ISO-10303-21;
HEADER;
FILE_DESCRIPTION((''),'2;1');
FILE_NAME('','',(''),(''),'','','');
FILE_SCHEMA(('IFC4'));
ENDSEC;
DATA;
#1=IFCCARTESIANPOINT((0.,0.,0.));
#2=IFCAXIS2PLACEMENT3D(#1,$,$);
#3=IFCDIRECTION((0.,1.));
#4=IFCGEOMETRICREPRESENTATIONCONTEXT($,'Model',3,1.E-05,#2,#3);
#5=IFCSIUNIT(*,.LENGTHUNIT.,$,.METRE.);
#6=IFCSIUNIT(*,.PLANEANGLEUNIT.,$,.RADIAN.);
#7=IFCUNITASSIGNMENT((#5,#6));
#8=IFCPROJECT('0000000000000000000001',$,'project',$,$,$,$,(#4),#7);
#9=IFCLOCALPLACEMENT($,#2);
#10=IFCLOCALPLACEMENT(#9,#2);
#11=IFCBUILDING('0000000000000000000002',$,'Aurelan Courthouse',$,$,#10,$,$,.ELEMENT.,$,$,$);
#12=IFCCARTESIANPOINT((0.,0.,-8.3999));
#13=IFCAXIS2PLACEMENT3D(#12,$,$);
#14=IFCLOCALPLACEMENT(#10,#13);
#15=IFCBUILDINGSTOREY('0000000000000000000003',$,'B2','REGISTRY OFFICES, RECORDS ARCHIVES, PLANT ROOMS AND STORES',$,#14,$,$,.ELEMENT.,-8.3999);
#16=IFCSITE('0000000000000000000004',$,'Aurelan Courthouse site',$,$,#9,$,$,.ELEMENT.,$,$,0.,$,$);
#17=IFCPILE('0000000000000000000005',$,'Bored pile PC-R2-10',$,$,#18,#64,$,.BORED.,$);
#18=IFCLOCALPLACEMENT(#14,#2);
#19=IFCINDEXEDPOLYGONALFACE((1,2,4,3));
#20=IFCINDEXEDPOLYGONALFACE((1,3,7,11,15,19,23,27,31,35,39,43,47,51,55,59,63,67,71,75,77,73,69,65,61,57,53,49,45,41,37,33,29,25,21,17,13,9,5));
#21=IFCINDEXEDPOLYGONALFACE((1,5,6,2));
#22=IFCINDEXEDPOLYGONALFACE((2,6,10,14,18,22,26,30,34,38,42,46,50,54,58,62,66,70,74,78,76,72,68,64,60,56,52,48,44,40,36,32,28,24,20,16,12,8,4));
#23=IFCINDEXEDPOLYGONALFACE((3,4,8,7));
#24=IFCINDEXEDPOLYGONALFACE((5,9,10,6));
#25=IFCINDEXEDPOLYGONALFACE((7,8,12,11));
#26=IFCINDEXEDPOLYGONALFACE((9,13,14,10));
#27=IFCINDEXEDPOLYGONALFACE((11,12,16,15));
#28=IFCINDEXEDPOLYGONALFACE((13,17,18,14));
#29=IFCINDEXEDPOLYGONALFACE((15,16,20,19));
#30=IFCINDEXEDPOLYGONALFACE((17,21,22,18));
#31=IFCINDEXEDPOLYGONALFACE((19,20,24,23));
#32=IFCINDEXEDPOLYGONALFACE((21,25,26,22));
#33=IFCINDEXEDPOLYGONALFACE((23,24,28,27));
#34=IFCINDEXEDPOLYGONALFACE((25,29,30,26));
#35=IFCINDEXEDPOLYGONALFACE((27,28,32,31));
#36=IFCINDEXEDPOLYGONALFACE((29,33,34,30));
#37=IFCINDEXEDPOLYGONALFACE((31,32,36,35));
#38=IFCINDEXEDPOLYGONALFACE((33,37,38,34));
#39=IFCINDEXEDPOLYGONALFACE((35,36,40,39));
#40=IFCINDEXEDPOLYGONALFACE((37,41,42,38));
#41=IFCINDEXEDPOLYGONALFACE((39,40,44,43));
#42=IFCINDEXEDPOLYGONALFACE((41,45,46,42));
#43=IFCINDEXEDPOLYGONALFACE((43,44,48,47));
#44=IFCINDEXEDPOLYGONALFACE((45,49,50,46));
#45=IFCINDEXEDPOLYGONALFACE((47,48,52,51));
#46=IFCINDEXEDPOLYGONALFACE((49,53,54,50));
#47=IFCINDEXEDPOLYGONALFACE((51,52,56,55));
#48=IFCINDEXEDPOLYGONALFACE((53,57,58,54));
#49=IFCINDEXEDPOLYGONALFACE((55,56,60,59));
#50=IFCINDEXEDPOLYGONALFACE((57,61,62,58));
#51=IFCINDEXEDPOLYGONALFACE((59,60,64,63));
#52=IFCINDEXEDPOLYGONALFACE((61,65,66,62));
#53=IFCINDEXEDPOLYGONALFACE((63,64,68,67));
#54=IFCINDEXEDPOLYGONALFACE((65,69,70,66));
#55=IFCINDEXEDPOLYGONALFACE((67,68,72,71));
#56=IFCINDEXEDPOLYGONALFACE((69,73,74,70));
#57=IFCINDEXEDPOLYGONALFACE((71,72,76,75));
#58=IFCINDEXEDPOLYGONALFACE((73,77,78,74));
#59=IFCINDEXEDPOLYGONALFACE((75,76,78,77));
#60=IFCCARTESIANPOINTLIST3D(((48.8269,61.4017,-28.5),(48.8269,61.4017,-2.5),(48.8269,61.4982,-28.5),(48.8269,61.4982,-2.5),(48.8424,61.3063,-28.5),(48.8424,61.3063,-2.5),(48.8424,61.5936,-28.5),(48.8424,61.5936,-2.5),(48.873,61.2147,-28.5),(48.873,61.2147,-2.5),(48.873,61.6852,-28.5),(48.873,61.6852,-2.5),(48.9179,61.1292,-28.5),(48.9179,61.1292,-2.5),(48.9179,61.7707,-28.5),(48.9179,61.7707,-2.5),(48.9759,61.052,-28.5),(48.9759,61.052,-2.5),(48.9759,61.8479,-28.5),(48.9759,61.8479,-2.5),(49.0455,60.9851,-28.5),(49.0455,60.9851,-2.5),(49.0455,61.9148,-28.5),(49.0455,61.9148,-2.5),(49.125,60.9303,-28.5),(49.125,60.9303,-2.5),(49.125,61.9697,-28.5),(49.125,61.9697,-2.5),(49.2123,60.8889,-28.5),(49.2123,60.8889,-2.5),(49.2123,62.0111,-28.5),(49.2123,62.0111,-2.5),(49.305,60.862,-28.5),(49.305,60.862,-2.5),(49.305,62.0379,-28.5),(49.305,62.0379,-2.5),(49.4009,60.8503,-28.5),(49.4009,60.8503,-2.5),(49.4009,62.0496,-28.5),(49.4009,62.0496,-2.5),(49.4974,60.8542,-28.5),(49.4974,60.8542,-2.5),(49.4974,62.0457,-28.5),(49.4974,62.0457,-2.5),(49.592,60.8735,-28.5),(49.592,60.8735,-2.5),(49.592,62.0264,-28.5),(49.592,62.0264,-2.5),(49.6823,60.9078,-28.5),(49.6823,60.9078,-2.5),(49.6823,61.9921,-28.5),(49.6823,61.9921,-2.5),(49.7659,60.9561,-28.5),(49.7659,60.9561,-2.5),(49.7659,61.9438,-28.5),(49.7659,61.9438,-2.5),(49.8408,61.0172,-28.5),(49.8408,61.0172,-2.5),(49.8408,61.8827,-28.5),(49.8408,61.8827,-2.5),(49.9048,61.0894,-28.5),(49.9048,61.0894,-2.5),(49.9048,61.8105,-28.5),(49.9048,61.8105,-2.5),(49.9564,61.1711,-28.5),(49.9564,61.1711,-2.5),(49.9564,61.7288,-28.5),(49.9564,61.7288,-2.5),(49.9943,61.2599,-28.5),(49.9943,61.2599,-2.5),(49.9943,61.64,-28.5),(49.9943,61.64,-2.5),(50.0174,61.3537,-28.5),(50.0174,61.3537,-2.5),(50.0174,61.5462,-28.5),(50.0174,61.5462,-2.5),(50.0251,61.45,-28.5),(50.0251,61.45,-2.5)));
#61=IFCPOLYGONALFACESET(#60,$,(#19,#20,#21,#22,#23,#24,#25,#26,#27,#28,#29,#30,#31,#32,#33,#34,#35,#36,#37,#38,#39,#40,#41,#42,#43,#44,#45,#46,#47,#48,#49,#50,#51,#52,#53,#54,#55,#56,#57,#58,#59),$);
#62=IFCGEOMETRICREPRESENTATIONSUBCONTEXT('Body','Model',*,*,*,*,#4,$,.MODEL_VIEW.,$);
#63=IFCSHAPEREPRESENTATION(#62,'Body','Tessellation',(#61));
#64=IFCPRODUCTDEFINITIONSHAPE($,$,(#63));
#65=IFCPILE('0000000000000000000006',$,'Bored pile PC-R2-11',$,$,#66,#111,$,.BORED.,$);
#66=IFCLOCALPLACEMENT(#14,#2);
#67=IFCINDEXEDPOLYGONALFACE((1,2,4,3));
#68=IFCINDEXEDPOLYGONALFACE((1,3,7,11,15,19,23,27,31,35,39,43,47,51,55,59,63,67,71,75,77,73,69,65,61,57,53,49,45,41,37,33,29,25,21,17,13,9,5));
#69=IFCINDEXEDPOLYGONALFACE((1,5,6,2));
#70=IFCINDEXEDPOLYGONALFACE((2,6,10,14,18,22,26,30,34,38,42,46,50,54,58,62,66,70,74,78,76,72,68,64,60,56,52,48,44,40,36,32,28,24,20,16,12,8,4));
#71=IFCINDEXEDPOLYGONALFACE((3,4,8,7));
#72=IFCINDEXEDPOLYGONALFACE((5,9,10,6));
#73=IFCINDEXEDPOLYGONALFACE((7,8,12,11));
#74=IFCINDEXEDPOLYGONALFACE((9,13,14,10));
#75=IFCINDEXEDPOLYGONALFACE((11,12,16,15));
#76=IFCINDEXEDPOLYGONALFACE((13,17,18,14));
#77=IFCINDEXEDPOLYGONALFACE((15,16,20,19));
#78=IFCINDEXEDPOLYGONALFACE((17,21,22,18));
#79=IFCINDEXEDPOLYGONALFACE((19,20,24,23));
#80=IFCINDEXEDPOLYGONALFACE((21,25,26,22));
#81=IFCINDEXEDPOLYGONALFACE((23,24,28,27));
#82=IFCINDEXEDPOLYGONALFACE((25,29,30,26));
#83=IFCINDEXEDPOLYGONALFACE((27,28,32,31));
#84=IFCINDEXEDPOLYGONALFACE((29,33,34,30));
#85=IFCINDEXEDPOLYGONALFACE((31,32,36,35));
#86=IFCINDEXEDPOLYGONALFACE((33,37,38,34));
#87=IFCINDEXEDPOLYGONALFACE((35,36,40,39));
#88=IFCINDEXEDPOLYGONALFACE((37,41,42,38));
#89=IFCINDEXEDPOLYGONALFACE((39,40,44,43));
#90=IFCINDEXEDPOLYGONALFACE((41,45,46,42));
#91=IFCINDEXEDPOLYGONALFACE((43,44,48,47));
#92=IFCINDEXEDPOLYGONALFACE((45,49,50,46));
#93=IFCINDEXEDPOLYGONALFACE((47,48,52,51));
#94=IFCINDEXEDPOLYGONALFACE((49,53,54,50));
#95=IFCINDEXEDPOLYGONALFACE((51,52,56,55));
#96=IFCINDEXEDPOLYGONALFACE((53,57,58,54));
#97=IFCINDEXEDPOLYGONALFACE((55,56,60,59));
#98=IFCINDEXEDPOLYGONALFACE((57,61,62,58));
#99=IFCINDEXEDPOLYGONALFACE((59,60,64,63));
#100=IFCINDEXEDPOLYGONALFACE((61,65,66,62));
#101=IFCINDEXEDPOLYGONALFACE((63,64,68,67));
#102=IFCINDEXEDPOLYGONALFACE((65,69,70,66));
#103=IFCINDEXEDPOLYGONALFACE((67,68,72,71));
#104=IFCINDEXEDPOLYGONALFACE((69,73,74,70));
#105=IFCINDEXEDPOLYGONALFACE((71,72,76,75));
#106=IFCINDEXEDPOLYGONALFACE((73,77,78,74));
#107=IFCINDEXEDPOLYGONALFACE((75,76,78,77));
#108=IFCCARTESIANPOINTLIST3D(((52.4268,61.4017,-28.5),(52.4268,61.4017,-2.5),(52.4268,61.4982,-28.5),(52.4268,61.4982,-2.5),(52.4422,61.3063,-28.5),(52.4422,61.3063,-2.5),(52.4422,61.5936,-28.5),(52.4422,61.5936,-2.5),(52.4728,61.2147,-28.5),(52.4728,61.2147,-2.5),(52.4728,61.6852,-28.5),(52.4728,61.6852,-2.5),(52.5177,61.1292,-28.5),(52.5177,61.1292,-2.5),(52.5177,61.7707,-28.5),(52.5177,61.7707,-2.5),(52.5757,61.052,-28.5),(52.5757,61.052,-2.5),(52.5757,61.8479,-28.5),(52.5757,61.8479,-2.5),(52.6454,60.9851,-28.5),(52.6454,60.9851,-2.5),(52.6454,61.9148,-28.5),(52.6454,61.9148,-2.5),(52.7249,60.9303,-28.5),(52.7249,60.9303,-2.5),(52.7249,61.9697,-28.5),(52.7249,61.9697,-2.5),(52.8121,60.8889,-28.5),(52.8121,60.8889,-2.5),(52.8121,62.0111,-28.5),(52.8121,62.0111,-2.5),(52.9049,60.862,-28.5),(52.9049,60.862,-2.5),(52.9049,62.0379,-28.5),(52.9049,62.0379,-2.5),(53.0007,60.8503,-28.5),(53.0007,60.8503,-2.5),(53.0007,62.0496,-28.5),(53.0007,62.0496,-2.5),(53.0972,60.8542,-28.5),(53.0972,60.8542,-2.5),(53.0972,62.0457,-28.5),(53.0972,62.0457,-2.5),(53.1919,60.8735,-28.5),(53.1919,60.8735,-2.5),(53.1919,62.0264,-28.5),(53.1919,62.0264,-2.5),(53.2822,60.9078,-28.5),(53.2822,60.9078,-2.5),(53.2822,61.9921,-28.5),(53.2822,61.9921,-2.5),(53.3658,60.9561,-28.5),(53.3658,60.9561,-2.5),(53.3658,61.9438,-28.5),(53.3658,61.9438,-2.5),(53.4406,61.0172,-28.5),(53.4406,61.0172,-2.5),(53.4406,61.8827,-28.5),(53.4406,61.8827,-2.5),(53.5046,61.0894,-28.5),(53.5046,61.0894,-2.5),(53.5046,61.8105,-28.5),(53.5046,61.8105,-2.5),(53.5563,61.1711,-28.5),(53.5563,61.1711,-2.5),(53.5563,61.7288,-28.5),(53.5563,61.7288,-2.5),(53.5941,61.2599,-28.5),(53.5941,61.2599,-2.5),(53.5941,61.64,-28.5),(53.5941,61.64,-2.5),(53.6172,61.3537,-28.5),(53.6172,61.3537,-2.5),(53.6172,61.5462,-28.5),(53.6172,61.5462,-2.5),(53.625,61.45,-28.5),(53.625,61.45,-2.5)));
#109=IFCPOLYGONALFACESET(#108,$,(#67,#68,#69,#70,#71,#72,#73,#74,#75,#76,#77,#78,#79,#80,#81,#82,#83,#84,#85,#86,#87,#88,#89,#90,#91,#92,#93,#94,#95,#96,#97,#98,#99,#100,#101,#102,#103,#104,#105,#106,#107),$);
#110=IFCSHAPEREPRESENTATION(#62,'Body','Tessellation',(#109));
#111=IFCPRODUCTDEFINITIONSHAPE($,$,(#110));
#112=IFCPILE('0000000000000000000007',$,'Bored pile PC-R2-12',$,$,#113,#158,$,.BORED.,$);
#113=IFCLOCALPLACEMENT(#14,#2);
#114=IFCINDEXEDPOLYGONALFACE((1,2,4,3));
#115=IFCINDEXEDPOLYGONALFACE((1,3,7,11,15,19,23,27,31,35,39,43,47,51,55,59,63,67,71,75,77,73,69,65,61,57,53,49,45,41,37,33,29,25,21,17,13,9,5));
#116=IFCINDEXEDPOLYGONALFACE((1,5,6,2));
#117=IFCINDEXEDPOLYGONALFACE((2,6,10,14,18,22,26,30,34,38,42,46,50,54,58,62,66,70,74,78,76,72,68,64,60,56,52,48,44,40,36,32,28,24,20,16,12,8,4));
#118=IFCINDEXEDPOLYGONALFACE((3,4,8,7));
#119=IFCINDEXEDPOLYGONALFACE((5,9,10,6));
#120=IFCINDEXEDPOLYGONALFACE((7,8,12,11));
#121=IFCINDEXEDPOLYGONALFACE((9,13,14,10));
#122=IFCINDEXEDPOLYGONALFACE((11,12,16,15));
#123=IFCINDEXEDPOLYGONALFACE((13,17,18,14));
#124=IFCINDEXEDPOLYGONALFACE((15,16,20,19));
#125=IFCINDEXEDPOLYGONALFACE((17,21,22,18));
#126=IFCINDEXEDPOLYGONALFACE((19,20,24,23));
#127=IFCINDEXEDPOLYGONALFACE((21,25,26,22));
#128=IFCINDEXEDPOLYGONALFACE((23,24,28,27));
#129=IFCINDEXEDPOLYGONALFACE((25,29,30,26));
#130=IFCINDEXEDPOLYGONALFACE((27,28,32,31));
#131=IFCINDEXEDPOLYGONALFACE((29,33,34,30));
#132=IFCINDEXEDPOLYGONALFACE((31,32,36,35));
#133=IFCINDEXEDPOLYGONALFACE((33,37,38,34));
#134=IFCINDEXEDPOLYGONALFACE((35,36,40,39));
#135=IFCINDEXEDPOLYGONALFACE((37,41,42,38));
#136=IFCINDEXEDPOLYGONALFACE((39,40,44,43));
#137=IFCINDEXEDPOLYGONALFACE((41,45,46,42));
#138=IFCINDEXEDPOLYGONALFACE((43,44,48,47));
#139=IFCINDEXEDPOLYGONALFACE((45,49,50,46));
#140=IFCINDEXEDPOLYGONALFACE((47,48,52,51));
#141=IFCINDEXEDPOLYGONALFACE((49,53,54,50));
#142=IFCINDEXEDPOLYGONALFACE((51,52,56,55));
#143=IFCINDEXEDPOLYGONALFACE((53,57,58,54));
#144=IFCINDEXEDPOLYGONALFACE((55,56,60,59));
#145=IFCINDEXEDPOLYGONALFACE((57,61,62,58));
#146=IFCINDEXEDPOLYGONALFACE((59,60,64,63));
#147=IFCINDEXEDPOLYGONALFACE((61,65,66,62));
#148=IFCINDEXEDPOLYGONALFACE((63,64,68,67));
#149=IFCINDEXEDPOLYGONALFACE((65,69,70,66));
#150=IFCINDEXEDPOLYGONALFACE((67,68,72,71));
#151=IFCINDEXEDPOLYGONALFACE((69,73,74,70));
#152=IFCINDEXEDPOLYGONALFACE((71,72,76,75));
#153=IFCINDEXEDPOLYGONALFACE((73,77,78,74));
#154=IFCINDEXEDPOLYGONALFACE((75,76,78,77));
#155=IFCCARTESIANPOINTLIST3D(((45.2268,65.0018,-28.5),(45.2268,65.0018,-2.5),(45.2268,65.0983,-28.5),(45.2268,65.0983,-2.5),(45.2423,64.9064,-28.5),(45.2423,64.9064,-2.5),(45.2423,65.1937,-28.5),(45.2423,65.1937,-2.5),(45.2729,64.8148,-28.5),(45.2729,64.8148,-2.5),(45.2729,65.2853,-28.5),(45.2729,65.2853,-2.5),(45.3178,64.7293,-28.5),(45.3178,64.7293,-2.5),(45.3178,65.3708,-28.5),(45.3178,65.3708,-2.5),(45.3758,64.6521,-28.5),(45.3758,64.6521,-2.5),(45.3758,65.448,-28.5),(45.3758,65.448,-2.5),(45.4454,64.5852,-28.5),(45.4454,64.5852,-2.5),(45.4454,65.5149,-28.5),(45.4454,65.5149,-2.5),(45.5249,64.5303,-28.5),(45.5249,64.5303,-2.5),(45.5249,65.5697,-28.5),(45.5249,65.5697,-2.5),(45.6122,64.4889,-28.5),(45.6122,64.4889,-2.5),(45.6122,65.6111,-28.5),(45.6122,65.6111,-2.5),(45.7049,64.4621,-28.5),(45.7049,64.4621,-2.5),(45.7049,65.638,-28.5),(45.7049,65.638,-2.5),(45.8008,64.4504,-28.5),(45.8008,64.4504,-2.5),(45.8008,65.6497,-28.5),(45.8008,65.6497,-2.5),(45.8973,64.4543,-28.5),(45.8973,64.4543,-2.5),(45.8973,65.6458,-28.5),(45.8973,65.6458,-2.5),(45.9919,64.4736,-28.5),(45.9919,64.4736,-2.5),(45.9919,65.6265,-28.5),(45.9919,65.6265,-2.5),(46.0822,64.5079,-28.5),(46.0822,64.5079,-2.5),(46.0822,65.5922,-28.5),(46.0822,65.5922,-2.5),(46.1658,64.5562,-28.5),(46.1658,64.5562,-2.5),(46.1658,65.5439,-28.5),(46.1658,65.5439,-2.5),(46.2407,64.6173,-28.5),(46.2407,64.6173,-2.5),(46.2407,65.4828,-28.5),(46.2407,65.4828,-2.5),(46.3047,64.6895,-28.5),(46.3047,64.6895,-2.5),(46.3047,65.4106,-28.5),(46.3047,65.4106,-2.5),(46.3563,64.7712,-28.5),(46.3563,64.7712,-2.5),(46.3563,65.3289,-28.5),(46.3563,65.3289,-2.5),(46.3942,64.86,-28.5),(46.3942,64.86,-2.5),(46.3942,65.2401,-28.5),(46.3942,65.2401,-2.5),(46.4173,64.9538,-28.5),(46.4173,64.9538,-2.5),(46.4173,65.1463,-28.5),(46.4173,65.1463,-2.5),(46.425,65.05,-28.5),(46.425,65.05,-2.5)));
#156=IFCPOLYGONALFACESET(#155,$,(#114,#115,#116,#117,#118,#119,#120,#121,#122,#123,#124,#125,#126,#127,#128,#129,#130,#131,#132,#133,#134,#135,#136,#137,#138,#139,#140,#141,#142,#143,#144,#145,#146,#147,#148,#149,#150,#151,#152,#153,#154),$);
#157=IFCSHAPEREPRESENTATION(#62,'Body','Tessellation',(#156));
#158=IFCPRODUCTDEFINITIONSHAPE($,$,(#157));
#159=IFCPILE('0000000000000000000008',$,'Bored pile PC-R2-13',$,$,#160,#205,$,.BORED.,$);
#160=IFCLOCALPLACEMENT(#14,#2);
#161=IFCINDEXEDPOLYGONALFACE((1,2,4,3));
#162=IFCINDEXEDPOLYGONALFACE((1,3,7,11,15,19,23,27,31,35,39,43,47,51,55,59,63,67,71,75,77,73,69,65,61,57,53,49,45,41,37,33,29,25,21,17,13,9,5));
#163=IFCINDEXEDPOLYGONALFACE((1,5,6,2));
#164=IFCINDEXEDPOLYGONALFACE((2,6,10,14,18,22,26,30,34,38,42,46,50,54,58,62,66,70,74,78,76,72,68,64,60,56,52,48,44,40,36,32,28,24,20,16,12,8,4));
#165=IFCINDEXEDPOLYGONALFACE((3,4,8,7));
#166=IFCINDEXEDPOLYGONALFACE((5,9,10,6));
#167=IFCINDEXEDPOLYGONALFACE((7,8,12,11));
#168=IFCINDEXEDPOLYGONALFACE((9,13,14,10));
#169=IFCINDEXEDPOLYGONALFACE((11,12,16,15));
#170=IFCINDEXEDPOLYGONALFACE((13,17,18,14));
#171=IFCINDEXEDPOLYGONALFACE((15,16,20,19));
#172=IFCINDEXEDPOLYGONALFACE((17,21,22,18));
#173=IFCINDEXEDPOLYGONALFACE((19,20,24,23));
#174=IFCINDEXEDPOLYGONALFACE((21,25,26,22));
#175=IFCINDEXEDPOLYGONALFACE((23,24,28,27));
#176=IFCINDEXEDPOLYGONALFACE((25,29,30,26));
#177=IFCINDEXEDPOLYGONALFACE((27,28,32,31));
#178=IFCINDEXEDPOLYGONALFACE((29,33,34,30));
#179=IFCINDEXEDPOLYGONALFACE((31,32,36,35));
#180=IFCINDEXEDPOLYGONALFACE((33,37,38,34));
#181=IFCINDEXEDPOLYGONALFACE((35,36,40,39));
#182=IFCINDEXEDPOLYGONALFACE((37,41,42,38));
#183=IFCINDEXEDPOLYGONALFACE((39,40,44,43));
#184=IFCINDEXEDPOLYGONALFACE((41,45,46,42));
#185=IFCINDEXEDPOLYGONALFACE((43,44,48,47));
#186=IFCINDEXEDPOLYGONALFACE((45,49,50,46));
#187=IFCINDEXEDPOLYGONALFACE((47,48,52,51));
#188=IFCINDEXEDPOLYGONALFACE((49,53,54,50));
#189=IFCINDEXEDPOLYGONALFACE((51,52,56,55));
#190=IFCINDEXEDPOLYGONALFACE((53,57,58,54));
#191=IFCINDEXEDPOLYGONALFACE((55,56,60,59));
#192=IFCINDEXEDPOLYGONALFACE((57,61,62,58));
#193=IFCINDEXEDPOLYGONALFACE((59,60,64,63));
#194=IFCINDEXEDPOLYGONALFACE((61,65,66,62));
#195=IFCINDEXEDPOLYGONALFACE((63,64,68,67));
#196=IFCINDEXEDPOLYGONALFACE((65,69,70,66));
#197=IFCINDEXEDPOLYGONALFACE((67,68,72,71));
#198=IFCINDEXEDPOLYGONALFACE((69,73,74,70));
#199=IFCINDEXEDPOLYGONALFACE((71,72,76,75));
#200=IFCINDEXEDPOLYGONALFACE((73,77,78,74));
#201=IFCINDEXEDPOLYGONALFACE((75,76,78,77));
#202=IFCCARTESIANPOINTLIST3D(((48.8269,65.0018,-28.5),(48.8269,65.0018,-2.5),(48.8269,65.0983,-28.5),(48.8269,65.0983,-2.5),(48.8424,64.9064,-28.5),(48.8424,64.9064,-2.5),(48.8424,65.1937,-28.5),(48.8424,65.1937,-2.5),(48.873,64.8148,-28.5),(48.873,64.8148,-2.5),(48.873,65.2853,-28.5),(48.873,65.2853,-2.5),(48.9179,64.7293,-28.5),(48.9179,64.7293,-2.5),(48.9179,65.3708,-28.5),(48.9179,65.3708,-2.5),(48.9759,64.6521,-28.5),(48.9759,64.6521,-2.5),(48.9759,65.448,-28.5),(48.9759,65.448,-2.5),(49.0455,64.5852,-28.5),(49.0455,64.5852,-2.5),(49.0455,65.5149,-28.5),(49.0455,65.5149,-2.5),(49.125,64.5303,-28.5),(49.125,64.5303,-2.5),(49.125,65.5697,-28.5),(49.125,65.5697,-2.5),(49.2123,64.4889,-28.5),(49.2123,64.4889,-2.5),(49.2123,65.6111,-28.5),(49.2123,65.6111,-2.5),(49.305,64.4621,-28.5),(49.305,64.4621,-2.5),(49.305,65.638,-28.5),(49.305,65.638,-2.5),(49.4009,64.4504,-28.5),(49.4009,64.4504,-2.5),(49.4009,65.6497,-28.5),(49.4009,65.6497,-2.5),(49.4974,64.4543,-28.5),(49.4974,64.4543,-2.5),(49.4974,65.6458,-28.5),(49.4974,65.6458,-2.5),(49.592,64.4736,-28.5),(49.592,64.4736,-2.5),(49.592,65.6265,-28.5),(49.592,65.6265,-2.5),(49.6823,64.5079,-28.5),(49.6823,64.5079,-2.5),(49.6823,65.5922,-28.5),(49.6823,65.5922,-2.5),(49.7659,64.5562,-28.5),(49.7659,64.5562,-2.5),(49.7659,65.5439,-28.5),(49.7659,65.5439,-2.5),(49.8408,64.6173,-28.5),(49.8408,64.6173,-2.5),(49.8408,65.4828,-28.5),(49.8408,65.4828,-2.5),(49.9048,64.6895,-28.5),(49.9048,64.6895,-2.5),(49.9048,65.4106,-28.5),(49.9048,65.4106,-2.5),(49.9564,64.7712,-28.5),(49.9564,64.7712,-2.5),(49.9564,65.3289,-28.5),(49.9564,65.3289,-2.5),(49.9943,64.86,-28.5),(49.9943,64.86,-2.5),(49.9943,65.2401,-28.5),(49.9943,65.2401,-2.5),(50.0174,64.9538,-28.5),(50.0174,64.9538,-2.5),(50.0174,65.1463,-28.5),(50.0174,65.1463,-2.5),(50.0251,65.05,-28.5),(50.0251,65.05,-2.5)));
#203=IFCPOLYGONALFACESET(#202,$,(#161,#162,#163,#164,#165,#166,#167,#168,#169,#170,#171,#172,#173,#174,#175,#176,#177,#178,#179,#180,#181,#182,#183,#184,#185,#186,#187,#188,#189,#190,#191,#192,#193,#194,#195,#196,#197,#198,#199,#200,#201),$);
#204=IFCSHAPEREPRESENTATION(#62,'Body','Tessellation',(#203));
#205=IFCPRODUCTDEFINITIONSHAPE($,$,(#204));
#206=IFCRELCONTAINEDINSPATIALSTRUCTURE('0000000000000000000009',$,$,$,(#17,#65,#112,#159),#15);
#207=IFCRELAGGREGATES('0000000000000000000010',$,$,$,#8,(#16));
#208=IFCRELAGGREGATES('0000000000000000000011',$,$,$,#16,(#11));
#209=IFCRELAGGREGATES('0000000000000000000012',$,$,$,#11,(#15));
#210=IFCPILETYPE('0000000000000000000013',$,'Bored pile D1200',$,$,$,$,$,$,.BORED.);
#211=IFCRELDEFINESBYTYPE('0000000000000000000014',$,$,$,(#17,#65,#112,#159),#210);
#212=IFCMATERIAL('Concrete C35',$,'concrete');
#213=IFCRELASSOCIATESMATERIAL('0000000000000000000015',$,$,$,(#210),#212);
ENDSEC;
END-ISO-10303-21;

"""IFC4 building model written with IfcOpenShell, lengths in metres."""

from ifc_helpers import new_model, si_unit, direction, frame, origin, origin_2d, place, context, subcontext, project, spatial, circle, extrude, material, material_profile, profile_set, type_object, element, save


model = new_model("IFC4")

# Units and contexts
model_context = context("Model", 3, precision=1e-05, world=origin(), true_north=direction((0.0, 1.0)))
body_context = subcontext(model_context, "Body", "Model", "MODEL_VIEW")
ifc_project = project(units=[si_unit("LENGTHUNIT", "METRE"), si_unit("PLANEANGLEUNIT", "RADIAN")], contexts=[model_context])

# Site, building, storey
site_placement = place(None, origin())
site = spatial("IfcSite", under=ifc_project, at=site_placement, Name="Aurelan Courthouse site", CompositionType="ELEMENT", RefElevation=0.0)
building_placement = place(site_placement, origin())
building = spatial("IfcBuilding", under=site, at=building_placement, Name="Aurelan Courthouse", CompositionType="ELEMENT")
storey_placement = place(building_placement, frame((0.0, 0.0, -8.3999)))
storey = spatial("IfcBuildingStorey", under=building, at=storey_placement, Name="B2", Description="REGISTRY OFFICES, RECORDS ARCHIVES, PLANT ROOMS AND STORES", CompositionType="ELEMENT", Elevation=-8.3999)

# Piles
ifc_material_1 = material(Name="Concrete C35", Category="concrete")
ifc_material_profile_1 = material_profile(ifc_material_1, circle(Radius=0.6001, at=origin_2d()), Name="D1200")
ifc_profile_set_1 = profile_set([ifc_material_profile_1], Name="Concrete C35")
pile_type = type_object("IfcPileType", Name="Bored pile D1200", PredefinedType="BORED", material=ifc_profile_set_1)
for number, where, z_axis, x_axis, name in (
    (1, (49.425, 61.45, -2.5), (0.0, 0.0, -1.0), (1.0, 0.0, 0.0), "Bored pile PC-R2-10"),
    (2, (53.0249, 61.45, -2.5), (0.0, 0.0, -1.0), (1.0, 0.0, 0.0), "Bored pile PC-R2-11"),
    (3, (45.825, 65.05, -2.5), (0.0, 0.0, -1.0), (1.0, 0.0, 0.0), "Bored pile PC-R2-12"),
    (4, (49.425, 65.05, -2.5), (0.0, 0.0, -1.0), (1.0, 0.0, 0.0), "Bored pile PC-R2-13"),
):
    element("IfcPile", number, at=place(storey_placement, frame(where, z_axis=z_axis, x_axis=x_axis)), inside=storey, type_object=pile_type, Name=name, PredefinedType="BORED", context=body_context, shape_type="SweptSolid", body=[
        extrude(circle(Radius=0.6001, at=origin_2d()), origin(), (0.0, 0.0, 1.0), 26.0),
    ])

save(model, "model.ifc")
